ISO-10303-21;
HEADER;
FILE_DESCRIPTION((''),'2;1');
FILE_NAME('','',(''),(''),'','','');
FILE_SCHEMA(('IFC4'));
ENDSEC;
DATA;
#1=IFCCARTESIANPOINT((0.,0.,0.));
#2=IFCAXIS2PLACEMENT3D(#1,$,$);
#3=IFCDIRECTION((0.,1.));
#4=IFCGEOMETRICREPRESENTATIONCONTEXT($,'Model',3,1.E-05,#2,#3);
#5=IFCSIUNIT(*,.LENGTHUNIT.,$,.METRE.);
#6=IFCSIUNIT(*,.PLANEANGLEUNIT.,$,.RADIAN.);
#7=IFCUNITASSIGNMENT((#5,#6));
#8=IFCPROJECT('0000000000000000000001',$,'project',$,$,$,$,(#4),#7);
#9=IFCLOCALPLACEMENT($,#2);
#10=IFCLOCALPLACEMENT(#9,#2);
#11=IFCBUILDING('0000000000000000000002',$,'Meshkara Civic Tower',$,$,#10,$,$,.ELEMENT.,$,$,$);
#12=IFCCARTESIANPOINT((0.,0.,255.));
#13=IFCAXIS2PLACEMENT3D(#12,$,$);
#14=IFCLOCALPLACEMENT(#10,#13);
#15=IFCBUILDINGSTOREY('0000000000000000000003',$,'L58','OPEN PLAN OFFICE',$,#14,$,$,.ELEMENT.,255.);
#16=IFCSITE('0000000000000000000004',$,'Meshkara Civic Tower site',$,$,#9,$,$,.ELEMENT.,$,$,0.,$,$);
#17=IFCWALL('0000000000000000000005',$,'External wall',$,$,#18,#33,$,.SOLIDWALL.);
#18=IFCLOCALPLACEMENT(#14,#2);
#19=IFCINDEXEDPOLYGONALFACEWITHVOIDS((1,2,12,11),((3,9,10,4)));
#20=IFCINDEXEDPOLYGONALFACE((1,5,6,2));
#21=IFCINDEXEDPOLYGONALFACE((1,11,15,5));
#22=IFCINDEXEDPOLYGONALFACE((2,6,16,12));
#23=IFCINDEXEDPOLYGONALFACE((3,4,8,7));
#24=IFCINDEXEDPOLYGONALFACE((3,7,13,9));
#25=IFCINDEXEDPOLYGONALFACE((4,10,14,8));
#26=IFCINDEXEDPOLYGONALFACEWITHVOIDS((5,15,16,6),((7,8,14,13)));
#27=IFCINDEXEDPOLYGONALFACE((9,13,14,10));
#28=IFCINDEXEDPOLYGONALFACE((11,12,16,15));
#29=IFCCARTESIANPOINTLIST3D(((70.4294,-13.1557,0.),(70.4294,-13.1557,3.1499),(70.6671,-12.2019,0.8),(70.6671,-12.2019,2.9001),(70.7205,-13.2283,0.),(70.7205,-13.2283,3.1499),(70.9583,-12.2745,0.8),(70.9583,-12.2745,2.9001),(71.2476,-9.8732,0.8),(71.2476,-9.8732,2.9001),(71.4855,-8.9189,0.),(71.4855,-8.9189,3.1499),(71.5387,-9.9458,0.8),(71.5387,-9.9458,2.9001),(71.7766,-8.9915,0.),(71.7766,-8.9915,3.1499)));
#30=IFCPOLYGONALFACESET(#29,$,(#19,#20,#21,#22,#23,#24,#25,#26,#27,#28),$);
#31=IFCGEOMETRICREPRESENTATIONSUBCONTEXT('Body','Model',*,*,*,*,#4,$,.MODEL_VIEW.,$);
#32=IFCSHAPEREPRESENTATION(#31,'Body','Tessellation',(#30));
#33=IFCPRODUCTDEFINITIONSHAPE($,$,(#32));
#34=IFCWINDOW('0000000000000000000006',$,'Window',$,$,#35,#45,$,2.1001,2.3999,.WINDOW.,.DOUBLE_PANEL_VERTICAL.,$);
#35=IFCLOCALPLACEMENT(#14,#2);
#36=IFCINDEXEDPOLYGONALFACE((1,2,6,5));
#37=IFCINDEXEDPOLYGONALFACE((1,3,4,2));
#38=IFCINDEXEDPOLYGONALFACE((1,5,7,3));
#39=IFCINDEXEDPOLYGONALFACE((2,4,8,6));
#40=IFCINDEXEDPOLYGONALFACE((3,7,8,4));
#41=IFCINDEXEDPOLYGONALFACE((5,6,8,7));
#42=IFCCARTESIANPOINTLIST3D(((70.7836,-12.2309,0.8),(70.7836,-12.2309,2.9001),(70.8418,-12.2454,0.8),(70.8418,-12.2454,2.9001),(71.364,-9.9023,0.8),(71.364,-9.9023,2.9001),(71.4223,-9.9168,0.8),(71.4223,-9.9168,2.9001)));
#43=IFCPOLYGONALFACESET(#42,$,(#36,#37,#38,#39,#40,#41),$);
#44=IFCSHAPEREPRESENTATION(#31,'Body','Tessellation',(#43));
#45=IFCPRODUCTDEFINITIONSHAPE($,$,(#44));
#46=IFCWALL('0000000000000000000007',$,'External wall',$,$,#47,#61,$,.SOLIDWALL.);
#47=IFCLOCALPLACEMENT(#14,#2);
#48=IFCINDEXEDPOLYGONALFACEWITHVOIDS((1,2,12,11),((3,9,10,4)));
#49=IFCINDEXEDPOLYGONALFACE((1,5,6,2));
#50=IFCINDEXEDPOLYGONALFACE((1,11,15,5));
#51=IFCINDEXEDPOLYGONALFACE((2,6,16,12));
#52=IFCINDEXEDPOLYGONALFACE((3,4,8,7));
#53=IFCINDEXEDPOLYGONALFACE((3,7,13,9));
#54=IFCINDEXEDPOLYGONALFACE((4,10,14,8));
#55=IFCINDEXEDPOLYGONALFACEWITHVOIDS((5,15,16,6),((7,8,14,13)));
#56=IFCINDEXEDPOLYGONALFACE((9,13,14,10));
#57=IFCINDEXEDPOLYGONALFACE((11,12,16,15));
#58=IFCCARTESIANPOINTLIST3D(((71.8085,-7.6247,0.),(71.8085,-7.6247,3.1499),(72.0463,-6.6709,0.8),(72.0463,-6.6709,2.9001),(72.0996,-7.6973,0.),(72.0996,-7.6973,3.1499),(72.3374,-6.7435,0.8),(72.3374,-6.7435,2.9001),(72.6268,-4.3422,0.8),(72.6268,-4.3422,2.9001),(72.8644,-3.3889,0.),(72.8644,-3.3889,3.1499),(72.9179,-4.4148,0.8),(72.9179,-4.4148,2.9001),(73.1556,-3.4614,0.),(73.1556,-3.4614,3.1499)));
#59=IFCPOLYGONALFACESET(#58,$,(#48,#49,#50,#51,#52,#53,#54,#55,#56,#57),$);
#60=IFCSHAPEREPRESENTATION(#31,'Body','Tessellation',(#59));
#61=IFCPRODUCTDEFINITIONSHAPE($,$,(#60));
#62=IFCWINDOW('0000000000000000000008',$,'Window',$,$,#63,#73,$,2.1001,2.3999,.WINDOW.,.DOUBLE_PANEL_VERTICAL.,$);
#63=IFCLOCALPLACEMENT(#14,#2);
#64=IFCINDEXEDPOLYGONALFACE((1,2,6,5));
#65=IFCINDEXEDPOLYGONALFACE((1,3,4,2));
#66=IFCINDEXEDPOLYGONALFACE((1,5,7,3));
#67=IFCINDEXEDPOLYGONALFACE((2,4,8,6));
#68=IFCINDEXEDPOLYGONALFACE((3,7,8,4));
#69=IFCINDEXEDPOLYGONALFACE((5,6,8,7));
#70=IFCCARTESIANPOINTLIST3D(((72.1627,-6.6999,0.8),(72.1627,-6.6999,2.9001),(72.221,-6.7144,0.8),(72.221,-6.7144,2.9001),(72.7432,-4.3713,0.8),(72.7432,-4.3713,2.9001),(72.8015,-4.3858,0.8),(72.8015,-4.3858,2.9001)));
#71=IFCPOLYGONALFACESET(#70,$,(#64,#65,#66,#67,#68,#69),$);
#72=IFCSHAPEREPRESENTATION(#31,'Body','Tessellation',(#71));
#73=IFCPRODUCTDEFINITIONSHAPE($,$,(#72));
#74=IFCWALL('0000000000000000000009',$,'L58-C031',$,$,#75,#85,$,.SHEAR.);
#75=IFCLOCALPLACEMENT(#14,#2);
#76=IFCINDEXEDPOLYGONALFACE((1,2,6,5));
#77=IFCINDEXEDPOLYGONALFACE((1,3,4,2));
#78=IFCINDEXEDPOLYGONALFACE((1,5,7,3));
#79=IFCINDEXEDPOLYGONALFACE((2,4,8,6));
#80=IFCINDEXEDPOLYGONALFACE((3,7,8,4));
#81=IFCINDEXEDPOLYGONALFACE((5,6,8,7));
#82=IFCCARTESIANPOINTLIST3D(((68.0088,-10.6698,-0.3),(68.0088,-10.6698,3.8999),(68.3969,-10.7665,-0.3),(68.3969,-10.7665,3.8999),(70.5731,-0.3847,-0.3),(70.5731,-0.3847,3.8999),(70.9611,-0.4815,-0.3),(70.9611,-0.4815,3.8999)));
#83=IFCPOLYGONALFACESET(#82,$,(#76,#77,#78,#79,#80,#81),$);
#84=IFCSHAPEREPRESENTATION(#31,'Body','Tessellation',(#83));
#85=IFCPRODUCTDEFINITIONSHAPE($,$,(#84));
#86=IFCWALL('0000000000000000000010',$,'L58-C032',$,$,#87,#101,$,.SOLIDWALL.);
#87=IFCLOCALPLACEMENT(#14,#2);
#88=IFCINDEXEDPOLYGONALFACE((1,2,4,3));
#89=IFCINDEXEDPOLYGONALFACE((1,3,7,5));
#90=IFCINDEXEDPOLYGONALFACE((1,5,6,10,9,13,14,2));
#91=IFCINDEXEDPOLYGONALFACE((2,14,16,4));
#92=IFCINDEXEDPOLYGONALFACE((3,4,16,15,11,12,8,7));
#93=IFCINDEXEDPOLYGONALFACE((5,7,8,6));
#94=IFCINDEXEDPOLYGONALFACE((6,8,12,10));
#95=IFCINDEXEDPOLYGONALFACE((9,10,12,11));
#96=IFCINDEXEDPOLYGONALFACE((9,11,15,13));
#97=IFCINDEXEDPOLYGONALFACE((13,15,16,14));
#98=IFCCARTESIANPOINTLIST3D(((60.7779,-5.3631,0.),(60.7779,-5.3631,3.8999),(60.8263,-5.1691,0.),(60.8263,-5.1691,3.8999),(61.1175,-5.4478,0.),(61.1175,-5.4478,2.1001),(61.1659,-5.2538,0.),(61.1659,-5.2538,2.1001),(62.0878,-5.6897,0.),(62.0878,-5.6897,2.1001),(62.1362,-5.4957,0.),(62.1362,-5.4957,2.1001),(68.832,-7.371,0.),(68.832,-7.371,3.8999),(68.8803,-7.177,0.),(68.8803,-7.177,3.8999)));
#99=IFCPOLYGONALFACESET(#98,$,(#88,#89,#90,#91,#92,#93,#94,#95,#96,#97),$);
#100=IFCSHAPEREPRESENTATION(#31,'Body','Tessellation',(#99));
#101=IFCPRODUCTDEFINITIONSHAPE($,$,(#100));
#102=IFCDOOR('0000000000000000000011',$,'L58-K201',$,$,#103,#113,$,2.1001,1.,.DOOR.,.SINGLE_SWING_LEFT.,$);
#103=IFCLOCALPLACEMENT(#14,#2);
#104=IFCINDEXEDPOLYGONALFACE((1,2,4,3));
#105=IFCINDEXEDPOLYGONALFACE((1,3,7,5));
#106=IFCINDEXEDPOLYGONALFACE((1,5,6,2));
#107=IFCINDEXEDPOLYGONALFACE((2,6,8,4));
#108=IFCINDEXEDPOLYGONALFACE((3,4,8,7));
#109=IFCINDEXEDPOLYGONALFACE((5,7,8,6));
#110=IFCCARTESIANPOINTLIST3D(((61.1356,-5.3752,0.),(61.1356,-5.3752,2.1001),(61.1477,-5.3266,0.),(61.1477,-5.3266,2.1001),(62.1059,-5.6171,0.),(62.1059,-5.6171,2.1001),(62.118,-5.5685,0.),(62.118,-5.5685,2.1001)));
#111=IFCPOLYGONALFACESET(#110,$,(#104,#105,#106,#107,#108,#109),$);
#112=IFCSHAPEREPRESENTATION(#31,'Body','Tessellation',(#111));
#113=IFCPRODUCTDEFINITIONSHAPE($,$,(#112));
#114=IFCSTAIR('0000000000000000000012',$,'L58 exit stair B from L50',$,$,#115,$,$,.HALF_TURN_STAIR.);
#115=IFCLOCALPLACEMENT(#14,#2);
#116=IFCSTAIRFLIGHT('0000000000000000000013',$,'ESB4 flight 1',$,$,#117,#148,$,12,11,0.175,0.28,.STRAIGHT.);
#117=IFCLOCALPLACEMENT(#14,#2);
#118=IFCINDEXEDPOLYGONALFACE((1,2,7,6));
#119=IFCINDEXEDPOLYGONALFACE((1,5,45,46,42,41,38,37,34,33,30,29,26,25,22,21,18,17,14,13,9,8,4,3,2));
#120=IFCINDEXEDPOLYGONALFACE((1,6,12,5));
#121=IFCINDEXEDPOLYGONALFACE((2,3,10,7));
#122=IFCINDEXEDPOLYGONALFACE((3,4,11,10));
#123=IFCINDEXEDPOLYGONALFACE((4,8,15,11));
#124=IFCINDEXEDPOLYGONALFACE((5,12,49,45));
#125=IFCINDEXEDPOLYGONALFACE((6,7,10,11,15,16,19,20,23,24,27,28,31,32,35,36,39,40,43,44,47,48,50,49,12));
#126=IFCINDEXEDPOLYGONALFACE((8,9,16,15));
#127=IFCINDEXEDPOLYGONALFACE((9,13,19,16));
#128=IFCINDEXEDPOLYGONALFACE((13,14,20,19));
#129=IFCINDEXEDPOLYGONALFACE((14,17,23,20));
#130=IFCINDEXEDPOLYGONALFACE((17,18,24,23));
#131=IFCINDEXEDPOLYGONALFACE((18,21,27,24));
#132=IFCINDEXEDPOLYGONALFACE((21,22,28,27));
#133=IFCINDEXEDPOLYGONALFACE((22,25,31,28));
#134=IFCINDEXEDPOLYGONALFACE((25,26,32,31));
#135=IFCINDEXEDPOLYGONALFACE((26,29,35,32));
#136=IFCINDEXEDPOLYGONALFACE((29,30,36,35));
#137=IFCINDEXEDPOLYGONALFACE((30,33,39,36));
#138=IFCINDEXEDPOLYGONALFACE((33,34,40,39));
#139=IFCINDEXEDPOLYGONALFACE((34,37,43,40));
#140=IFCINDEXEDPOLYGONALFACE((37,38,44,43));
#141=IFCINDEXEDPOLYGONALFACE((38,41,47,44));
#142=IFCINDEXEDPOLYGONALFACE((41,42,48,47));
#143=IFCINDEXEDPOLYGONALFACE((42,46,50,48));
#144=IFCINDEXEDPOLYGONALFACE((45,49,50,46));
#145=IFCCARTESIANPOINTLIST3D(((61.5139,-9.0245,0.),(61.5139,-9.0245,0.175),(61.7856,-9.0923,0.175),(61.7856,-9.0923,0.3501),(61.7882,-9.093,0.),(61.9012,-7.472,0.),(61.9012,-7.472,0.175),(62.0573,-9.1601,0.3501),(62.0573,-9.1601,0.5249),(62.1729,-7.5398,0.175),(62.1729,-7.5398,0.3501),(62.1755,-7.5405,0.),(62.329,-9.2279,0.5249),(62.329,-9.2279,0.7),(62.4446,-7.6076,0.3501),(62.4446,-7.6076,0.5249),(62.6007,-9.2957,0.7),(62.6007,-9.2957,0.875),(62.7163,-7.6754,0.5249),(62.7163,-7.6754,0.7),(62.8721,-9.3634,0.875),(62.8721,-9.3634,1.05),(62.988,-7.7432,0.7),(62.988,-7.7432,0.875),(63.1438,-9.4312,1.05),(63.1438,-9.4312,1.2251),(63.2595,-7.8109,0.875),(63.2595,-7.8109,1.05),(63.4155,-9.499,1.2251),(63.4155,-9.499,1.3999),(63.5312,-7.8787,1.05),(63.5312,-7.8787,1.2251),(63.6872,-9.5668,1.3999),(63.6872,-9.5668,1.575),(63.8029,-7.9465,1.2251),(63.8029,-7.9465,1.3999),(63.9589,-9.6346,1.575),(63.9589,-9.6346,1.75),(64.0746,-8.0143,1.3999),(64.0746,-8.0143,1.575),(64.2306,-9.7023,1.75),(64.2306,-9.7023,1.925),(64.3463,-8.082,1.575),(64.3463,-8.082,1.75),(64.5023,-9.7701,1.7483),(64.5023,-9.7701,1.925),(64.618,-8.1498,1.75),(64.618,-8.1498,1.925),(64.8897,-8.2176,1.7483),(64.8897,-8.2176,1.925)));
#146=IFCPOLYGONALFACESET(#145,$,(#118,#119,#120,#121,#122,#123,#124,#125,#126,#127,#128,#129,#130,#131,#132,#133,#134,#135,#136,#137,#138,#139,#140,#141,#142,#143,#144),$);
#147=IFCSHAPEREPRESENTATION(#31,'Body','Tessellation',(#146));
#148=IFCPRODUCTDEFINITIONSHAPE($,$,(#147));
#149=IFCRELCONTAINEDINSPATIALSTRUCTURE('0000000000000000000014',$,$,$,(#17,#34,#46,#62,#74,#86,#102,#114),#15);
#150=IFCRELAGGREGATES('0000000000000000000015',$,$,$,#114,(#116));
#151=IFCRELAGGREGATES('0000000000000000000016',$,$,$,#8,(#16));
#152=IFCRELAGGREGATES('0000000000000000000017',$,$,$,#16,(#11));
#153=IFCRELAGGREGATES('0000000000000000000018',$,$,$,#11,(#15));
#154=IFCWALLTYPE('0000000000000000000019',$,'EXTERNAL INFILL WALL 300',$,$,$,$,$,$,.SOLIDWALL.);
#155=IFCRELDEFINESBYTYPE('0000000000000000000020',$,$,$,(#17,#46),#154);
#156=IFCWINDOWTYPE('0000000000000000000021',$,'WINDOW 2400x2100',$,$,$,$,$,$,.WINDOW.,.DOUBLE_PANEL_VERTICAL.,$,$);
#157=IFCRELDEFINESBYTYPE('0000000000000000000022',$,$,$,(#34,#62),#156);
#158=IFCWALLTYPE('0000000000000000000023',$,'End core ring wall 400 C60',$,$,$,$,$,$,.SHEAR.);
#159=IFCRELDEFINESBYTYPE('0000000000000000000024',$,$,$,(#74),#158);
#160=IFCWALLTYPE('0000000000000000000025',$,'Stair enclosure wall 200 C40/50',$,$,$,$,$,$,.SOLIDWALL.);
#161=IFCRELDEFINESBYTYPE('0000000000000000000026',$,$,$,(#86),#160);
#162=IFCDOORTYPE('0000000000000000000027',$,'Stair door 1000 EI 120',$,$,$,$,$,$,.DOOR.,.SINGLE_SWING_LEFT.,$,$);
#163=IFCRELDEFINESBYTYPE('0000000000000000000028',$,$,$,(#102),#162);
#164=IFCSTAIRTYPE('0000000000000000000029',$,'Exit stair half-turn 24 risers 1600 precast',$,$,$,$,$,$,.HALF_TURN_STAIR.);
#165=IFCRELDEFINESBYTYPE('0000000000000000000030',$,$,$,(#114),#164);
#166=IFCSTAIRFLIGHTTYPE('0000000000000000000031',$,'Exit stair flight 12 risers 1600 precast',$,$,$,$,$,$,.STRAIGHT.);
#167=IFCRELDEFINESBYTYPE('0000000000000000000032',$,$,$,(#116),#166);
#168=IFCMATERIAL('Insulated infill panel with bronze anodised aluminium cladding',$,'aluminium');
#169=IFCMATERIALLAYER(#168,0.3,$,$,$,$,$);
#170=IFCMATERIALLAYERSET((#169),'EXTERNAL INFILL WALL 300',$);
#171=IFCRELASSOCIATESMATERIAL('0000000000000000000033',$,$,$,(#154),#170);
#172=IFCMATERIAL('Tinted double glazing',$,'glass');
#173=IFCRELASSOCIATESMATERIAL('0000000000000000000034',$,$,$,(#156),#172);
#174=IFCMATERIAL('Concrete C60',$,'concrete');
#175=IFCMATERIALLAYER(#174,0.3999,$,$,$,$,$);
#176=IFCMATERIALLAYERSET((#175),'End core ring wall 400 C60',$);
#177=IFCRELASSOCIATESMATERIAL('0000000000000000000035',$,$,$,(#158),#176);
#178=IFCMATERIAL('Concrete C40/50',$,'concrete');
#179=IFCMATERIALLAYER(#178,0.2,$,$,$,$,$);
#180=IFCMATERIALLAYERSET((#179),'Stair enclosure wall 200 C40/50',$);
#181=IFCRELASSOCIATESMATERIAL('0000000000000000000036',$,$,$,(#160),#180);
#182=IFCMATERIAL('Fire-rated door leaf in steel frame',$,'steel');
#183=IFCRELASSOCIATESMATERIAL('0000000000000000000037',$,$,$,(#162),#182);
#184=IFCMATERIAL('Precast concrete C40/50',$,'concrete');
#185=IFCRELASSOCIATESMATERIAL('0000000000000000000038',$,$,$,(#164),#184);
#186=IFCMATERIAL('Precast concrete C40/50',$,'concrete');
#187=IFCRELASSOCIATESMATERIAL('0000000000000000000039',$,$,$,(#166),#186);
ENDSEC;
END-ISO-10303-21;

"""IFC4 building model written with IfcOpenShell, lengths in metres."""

from ifc_helpers import new_model, si_unit, direction, frame, frame_2d, origin, place, context, subcontext, project, spatial, polyline, rectangle, outline, extrude, material, layer, layer_set, type_object, element, fill, aggregate, save


model = new_model("IFC4")

# Units and contexts
model_context = context("Model", 3, precision=1e-05, world=origin(), true_north=direction((0.0, 1.0)))
body_context = subcontext(model_context, "Body", "Model", "MODEL_VIEW")
ifc_project = project(units=[si_unit("LENGTHUNIT", "METRE"), si_unit("PLANEANGLEUNIT", "RADIAN")], contexts=[model_context])

# Site, building, storey
site_placement = place(None, origin())
site = spatial("IfcSite", under=ifc_project, at=site_placement, Name="Meshkara Civic Tower site", CompositionType="ELEMENT", RefElevation=0.0)
building_placement = place(site_placement, origin())
building = spatial("IfcBuilding", under=site, at=building_placement, Name="Meshkara Civic Tower", CompositionType="ELEMENT")
storey_placement = place(building_placement, frame((0.0, 0.0, 255.0)))
storey = spatial("IfcBuildingStorey", under=building, at=storey_placement, Name="L58", Description="OPEN PLAN OFFICE", CompositionType="ELEMENT", Elevation=255.0)

# Walls, openings, windows
ifc_material_1 = material(Name="Insulated infill panel with bronze anodised aluminium cladding", Category="aluminium")
ifc_layer_1 = layer(ifc_material_1, 0.3)
ifc_layer_set_1 = layer_set([ifc_layer_1], Name="EXTERNAL INFILL WALL 300")
wall_type_1 = type_object("IfcWallType", Name="EXTERNAL INFILL WALL 300", PredefinedType="SOLIDWALL", material=ifc_layer_set_1)
ifc_material_2 = material(Name="Tinted double glazing", Category="glass")
window_type_1 = type_object("IfcWindowType", Name="WINDOW 2400x2100", PartitioningType="DOUBLE_PANEL_VERTICAL", PredefinedType="WINDOW", material=ifc_material_2)
wall_1_placement = place(storey_placement, frame((70.575, -13.1919, 0.0), z_axis=(0.0, 0.0, 1.0), x_axis=(0.241878, 0.970307, 0.0)))
wall_1 = element("IfcWall", 1, at=wall_1_placement, inside=storey, type_object=wall_type_1, Name="External wall", PredefinedType="SOLIDWALL", context=body_context, shape_type="SweptSolid", body=[
    extrude(rectangle(XDim=4.3665, YDim=0.3, at=frame_2d((2.1831, 0.0))), origin(), (0.0, 0.0, 1.0), 3.1499),
])
opening_1_placement = place(wall_1_placement, frame((0.9829, 0.0, 0.8)))
opening_1 = element("IfcOpeningElement", 2, at=opening_1_placement, cuts=wall_1, PredefinedType="OPENING", context=body_context, shape_type="SweptSolid", body=[
    extrude(rectangle(XDim=2.3999, YDim=2.1001, at=frame_2d((1.2, 1.05))), frame((0.0, 0.1599, 0.0), z_axis=(0.0, -1.0, 0.0), x_axis=(1.0, 0.0, 0.0)), (0.0, 0.0, 1.0), 0.3201),
])
window_1_placement = place(opening_1_placement, origin())
window_1 = element("IfcWindow", 3, at=window_1_placement, inside=storey, type_object=window_type_1, Name="Window", OverallHeight=2.1001, OverallWidth=2.3999, PartitioningType="DOUBLE_PANEL_VERTICAL", PredefinedType="WINDOW", context=body_context, shape_type="SweptSolid", body=[
    extrude(rectangle(XDim=2.3999, YDim=2.1001, at=frame_2d((1.2, 1.05))), frame((0.0, 0.03, 0.0), z_axis=(0.0, -1.0, 0.0), x_axis=(1.0, 0.0, 0.0)), (0.0, 0.0, 1.0), 0.0601),
])
fill(opening_1, window_1)
wall_2_placement = place(storey_placement, frame((71.9541, -7.6609, 0.0), z_axis=(0.0, 0.0, 1.0), x_axis=(0.241878, 0.970307, 0.0)))
wall_2 = element("IfcWall", 4, at=wall_2_placement, inside=storey, type_object=wall_type_1, Name="External wall", PredefinedType="SOLIDWALL", context=body_context, shape_type="SweptSolid", body=[
    extrude(rectangle(XDim=4.3655, YDim=0.3, at=frame_2d((2.1826, 0.0))), origin(), (0.0, 0.0, 1.0), 3.1499),
])
opening_2_placement = place(wall_2_placement, frame((0.9829, 0.0, 0.8)))
opening_2 = element("IfcOpeningElement", 5, at=opening_2_placement, cuts=wall_2, PredefinedType="OPENING", context=body_context, shape_type="SweptSolid", body=[
    extrude(rectangle(XDim=2.3999, YDim=2.1001, at=frame_2d((1.2, 1.05))), frame((0.0, 0.1599, 0.0), z_axis=(0.0, -1.0, 0.0), x_axis=(1.0, 0.0, 0.0)), (0.0, 0.0, 1.0), 0.3201),
])
window_2_placement = place(opening_2_placement, origin())
window_2 = element("IfcWindow", 6, at=window_2_placement, inside=storey, type_object=window_type_1, Name="Window", OverallHeight=2.1001, OverallWidth=2.3999, PartitioningType="DOUBLE_PANEL_VERTICAL", PredefinedType="WINDOW", context=body_context, shape_type="SweptSolid", body=[
    extrude(rectangle(XDim=2.3999, YDim=2.1001, at=frame_2d((1.2, 1.05))), frame((0.0, 0.03, 0.0), z_axis=(0.0, -1.0, 0.0), x_axis=(1.0, 0.0, 0.0)), (0.0, 0.0, 1.0), 0.0601),
])
fill(opening_2, window_2)

# Wall
ifc_material_3 = material(Name="Concrete C60", Category="concrete")
ifc_layer_2 = layer(ifc_material_3, 0.3999)
ifc_layer_set_2 = layer_set([ifc_layer_2], Name="End core ring wall 400 C60")
wall_type_2 = type_object("IfcWallType", Name="End core ring wall 400 C60", PredefinedType="SHEAR", material=ifc_layer_set_2)
wall_3_placement = place(storey_placement, frame((68.2029, -10.718, -0.3), z_axis=(0.0, 0.0, 1.0), x_axis=(0.241912, 0.970298, 0.0)))
element("IfcWall", 7, at=wall_3_placement, inside=storey, type_object=wall_type_2, Name="L58-C031", PredefinedType="SHEAR", context=body_context, shape_type="SweptSolid", body=[
    extrude(rectangle(XDim=10.5999, YDim=0.3999, at=frame_2d((5.2998, 0.0))), origin(), (0.0, 0.0, 1.0), 4.2),
])

# Wall, opening, door
ifc_material_4 = material(Name="Concrete C40/50", Category="concrete")
ifc_layer_3 = layer(ifc_material_4, 0.2)
ifc_layer_set_3 = layer_set([ifc_layer_3], Name="Stair enclosure wall 200 C40/50")
wall_type_3 = type_object("IfcWallType", Name="Stair enclosure wall 200 C40/50", PredefinedType="SOLIDWALL", material=ifc_layer_set_3)
wall_4_placement = place(storey_placement, frame((60.802, -5.2661, 0.0), z_axis=(0.0, 0.0, 1.0), x_axis=(0.970303, -0.241892, 0.0)))
wall_4 = element("IfcWall", 8, at=wall_4_placement, inside=storey, type_object=wall_type_3, Name="L58-C032", PredefinedType="SOLIDWALL", context=body_context, shape_type="SweptSolid", body=[
    extrude(rectangle(XDim=8.3005, YDim=0.2, at=frame_2d((4.1504, 0.0))), origin(), (0.0, 0.0, 1.0), 3.8999),
])
opening_3_placement = place(wall_4_placement, frame((0.3501, 0.0, 0.0)))
opening_3 = element("IfcOpeningElement", 9, at=opening_3_placement, cuts=wall_4, PredefinedType="OPENING", context=body_context, shape_type="SweptSolid", body=[
    extrude(rectangle(XDim=1.0, YDim=2.1001, at=frame_2d((0.5, 1.05))), frame((0.0, 0.1099, 0.0), z_axis=(0.0, -1.0, 0.0), x_axis=(1.0, 0.0, 0.0)), (0.0, 0.0, 1.0), 0.22),
])
ifc_material_5 = material(Name="Fire-rated door leaf in steel frame", Category="steel")
door_type = type_object("IfcDoorType", Name="Stair door 1000 EI 120", OperationType="SINGLE_SWING_LEFT", PredefinedType="DOOR", material=ifc_material_5)
door_placement = place(opening_3_placement, origin())
door = element("IfcDoor", 10, at=door_placement, inside=storey, type_object=door_type, Name="L58-K201", OperationType="SINGLE_SWING_LEFT", OverallHeight=2.1001, OverallWidth=1.0, PredefinedType="DOOR", context=body_context, shape_type="SweptSolid", body=[
    extrude(rectangle(XDim=1.0, YDim=2.1001, at=frame_2d((0.5, 1.05))), frame((0.0, 0.0249, 0.0), z_axis=(0.0, -1.0, 0.0), x_axis=(1.0, 0.0, 0.0)), (0.0, 0.0, 1.0), 0.05),
])
fill(opening_3, door)

# Stair, stair flight
ifc_material_6 = material(Name="Precast concrete C40/50", Category="concrete")
stair_type = type_object("IfcStairType", Name="Exit stair half-turn 24 risers 1600 precast", PredefinedType="HALF_TURN_STAIR", material=ifc_material_6)
stair_placement = place(storey_placement, origin())
stair = element("IfcStair", 11, at=stair_placement, inside=storey, type_object=stair_type, Name="L58 exit stair B from L50", PredefinedType="HALF_TURN_STAIR")
ifc_material_7 = material(Name="Precast concrete C40/50", Category="concrete")
stair_flight_type = type_object("IfcStairFlightType", Name="Exit stair flight 12 risers 1600 precast", PredefinedType="STRAIGHT", material=ifc_material_7)
stair_flight_1_placement = place(storey_placement, frame((61.7075, -8.2483, 0.0), z_axis=(0.0, 0.0, 1.0), x_axis=(0.97026, -0.242065, 0.0)))
stair_flight_1 = element("IfcStairFlight", 12, at=stair_flight_1_placement, type_object=stair_flight_type, Name="ESB4 flight 1", NumberOfRisers=12, NumberOfTreads=11, PredefinedType="STRAIGHT", RiserHeight=0.175, TreadLength=0.28, context=body_context, shape_type="SweptSolid", body=[
    extrude(outline(polyline([(0.0, 0.0), (0.0, 0.175), (0.28, 0.175), (0.28, 0.3501), (0.5601, 0.3501), (0.5601, 0.5249), (0.8401, 0.5249), (0.8401, 0.7), (1.1201, 0.7), (1.1201, 0.875), (1.3999, 0.875), (1.3999, 1.05), (1.6799, 1.05), (1.6799, 1.2251), (1.96, 1.2251), (1.96, 1.3999), (2.24, 1.3999), (2.24, 1.575), (2.52, 1.575), (2.52, 1.75), (2.8, 1.75), (2.8, 1.925), (3.0801, 1.925), (3.0801, 2.1001), (3.0801, 1.7483), (0.2827, 0.0), (0.0, 0.0)])), frame((0.0, 0.8, 0.0), z_axis=(0.0, -1.0, 0.0), x_axis=(1.0, 0.0, 0.0)), (0.0, 0.0, 1.0), 1.6001),
])
aggregate(stair, [stair_flight_1])

save(model, "model.ifc")
